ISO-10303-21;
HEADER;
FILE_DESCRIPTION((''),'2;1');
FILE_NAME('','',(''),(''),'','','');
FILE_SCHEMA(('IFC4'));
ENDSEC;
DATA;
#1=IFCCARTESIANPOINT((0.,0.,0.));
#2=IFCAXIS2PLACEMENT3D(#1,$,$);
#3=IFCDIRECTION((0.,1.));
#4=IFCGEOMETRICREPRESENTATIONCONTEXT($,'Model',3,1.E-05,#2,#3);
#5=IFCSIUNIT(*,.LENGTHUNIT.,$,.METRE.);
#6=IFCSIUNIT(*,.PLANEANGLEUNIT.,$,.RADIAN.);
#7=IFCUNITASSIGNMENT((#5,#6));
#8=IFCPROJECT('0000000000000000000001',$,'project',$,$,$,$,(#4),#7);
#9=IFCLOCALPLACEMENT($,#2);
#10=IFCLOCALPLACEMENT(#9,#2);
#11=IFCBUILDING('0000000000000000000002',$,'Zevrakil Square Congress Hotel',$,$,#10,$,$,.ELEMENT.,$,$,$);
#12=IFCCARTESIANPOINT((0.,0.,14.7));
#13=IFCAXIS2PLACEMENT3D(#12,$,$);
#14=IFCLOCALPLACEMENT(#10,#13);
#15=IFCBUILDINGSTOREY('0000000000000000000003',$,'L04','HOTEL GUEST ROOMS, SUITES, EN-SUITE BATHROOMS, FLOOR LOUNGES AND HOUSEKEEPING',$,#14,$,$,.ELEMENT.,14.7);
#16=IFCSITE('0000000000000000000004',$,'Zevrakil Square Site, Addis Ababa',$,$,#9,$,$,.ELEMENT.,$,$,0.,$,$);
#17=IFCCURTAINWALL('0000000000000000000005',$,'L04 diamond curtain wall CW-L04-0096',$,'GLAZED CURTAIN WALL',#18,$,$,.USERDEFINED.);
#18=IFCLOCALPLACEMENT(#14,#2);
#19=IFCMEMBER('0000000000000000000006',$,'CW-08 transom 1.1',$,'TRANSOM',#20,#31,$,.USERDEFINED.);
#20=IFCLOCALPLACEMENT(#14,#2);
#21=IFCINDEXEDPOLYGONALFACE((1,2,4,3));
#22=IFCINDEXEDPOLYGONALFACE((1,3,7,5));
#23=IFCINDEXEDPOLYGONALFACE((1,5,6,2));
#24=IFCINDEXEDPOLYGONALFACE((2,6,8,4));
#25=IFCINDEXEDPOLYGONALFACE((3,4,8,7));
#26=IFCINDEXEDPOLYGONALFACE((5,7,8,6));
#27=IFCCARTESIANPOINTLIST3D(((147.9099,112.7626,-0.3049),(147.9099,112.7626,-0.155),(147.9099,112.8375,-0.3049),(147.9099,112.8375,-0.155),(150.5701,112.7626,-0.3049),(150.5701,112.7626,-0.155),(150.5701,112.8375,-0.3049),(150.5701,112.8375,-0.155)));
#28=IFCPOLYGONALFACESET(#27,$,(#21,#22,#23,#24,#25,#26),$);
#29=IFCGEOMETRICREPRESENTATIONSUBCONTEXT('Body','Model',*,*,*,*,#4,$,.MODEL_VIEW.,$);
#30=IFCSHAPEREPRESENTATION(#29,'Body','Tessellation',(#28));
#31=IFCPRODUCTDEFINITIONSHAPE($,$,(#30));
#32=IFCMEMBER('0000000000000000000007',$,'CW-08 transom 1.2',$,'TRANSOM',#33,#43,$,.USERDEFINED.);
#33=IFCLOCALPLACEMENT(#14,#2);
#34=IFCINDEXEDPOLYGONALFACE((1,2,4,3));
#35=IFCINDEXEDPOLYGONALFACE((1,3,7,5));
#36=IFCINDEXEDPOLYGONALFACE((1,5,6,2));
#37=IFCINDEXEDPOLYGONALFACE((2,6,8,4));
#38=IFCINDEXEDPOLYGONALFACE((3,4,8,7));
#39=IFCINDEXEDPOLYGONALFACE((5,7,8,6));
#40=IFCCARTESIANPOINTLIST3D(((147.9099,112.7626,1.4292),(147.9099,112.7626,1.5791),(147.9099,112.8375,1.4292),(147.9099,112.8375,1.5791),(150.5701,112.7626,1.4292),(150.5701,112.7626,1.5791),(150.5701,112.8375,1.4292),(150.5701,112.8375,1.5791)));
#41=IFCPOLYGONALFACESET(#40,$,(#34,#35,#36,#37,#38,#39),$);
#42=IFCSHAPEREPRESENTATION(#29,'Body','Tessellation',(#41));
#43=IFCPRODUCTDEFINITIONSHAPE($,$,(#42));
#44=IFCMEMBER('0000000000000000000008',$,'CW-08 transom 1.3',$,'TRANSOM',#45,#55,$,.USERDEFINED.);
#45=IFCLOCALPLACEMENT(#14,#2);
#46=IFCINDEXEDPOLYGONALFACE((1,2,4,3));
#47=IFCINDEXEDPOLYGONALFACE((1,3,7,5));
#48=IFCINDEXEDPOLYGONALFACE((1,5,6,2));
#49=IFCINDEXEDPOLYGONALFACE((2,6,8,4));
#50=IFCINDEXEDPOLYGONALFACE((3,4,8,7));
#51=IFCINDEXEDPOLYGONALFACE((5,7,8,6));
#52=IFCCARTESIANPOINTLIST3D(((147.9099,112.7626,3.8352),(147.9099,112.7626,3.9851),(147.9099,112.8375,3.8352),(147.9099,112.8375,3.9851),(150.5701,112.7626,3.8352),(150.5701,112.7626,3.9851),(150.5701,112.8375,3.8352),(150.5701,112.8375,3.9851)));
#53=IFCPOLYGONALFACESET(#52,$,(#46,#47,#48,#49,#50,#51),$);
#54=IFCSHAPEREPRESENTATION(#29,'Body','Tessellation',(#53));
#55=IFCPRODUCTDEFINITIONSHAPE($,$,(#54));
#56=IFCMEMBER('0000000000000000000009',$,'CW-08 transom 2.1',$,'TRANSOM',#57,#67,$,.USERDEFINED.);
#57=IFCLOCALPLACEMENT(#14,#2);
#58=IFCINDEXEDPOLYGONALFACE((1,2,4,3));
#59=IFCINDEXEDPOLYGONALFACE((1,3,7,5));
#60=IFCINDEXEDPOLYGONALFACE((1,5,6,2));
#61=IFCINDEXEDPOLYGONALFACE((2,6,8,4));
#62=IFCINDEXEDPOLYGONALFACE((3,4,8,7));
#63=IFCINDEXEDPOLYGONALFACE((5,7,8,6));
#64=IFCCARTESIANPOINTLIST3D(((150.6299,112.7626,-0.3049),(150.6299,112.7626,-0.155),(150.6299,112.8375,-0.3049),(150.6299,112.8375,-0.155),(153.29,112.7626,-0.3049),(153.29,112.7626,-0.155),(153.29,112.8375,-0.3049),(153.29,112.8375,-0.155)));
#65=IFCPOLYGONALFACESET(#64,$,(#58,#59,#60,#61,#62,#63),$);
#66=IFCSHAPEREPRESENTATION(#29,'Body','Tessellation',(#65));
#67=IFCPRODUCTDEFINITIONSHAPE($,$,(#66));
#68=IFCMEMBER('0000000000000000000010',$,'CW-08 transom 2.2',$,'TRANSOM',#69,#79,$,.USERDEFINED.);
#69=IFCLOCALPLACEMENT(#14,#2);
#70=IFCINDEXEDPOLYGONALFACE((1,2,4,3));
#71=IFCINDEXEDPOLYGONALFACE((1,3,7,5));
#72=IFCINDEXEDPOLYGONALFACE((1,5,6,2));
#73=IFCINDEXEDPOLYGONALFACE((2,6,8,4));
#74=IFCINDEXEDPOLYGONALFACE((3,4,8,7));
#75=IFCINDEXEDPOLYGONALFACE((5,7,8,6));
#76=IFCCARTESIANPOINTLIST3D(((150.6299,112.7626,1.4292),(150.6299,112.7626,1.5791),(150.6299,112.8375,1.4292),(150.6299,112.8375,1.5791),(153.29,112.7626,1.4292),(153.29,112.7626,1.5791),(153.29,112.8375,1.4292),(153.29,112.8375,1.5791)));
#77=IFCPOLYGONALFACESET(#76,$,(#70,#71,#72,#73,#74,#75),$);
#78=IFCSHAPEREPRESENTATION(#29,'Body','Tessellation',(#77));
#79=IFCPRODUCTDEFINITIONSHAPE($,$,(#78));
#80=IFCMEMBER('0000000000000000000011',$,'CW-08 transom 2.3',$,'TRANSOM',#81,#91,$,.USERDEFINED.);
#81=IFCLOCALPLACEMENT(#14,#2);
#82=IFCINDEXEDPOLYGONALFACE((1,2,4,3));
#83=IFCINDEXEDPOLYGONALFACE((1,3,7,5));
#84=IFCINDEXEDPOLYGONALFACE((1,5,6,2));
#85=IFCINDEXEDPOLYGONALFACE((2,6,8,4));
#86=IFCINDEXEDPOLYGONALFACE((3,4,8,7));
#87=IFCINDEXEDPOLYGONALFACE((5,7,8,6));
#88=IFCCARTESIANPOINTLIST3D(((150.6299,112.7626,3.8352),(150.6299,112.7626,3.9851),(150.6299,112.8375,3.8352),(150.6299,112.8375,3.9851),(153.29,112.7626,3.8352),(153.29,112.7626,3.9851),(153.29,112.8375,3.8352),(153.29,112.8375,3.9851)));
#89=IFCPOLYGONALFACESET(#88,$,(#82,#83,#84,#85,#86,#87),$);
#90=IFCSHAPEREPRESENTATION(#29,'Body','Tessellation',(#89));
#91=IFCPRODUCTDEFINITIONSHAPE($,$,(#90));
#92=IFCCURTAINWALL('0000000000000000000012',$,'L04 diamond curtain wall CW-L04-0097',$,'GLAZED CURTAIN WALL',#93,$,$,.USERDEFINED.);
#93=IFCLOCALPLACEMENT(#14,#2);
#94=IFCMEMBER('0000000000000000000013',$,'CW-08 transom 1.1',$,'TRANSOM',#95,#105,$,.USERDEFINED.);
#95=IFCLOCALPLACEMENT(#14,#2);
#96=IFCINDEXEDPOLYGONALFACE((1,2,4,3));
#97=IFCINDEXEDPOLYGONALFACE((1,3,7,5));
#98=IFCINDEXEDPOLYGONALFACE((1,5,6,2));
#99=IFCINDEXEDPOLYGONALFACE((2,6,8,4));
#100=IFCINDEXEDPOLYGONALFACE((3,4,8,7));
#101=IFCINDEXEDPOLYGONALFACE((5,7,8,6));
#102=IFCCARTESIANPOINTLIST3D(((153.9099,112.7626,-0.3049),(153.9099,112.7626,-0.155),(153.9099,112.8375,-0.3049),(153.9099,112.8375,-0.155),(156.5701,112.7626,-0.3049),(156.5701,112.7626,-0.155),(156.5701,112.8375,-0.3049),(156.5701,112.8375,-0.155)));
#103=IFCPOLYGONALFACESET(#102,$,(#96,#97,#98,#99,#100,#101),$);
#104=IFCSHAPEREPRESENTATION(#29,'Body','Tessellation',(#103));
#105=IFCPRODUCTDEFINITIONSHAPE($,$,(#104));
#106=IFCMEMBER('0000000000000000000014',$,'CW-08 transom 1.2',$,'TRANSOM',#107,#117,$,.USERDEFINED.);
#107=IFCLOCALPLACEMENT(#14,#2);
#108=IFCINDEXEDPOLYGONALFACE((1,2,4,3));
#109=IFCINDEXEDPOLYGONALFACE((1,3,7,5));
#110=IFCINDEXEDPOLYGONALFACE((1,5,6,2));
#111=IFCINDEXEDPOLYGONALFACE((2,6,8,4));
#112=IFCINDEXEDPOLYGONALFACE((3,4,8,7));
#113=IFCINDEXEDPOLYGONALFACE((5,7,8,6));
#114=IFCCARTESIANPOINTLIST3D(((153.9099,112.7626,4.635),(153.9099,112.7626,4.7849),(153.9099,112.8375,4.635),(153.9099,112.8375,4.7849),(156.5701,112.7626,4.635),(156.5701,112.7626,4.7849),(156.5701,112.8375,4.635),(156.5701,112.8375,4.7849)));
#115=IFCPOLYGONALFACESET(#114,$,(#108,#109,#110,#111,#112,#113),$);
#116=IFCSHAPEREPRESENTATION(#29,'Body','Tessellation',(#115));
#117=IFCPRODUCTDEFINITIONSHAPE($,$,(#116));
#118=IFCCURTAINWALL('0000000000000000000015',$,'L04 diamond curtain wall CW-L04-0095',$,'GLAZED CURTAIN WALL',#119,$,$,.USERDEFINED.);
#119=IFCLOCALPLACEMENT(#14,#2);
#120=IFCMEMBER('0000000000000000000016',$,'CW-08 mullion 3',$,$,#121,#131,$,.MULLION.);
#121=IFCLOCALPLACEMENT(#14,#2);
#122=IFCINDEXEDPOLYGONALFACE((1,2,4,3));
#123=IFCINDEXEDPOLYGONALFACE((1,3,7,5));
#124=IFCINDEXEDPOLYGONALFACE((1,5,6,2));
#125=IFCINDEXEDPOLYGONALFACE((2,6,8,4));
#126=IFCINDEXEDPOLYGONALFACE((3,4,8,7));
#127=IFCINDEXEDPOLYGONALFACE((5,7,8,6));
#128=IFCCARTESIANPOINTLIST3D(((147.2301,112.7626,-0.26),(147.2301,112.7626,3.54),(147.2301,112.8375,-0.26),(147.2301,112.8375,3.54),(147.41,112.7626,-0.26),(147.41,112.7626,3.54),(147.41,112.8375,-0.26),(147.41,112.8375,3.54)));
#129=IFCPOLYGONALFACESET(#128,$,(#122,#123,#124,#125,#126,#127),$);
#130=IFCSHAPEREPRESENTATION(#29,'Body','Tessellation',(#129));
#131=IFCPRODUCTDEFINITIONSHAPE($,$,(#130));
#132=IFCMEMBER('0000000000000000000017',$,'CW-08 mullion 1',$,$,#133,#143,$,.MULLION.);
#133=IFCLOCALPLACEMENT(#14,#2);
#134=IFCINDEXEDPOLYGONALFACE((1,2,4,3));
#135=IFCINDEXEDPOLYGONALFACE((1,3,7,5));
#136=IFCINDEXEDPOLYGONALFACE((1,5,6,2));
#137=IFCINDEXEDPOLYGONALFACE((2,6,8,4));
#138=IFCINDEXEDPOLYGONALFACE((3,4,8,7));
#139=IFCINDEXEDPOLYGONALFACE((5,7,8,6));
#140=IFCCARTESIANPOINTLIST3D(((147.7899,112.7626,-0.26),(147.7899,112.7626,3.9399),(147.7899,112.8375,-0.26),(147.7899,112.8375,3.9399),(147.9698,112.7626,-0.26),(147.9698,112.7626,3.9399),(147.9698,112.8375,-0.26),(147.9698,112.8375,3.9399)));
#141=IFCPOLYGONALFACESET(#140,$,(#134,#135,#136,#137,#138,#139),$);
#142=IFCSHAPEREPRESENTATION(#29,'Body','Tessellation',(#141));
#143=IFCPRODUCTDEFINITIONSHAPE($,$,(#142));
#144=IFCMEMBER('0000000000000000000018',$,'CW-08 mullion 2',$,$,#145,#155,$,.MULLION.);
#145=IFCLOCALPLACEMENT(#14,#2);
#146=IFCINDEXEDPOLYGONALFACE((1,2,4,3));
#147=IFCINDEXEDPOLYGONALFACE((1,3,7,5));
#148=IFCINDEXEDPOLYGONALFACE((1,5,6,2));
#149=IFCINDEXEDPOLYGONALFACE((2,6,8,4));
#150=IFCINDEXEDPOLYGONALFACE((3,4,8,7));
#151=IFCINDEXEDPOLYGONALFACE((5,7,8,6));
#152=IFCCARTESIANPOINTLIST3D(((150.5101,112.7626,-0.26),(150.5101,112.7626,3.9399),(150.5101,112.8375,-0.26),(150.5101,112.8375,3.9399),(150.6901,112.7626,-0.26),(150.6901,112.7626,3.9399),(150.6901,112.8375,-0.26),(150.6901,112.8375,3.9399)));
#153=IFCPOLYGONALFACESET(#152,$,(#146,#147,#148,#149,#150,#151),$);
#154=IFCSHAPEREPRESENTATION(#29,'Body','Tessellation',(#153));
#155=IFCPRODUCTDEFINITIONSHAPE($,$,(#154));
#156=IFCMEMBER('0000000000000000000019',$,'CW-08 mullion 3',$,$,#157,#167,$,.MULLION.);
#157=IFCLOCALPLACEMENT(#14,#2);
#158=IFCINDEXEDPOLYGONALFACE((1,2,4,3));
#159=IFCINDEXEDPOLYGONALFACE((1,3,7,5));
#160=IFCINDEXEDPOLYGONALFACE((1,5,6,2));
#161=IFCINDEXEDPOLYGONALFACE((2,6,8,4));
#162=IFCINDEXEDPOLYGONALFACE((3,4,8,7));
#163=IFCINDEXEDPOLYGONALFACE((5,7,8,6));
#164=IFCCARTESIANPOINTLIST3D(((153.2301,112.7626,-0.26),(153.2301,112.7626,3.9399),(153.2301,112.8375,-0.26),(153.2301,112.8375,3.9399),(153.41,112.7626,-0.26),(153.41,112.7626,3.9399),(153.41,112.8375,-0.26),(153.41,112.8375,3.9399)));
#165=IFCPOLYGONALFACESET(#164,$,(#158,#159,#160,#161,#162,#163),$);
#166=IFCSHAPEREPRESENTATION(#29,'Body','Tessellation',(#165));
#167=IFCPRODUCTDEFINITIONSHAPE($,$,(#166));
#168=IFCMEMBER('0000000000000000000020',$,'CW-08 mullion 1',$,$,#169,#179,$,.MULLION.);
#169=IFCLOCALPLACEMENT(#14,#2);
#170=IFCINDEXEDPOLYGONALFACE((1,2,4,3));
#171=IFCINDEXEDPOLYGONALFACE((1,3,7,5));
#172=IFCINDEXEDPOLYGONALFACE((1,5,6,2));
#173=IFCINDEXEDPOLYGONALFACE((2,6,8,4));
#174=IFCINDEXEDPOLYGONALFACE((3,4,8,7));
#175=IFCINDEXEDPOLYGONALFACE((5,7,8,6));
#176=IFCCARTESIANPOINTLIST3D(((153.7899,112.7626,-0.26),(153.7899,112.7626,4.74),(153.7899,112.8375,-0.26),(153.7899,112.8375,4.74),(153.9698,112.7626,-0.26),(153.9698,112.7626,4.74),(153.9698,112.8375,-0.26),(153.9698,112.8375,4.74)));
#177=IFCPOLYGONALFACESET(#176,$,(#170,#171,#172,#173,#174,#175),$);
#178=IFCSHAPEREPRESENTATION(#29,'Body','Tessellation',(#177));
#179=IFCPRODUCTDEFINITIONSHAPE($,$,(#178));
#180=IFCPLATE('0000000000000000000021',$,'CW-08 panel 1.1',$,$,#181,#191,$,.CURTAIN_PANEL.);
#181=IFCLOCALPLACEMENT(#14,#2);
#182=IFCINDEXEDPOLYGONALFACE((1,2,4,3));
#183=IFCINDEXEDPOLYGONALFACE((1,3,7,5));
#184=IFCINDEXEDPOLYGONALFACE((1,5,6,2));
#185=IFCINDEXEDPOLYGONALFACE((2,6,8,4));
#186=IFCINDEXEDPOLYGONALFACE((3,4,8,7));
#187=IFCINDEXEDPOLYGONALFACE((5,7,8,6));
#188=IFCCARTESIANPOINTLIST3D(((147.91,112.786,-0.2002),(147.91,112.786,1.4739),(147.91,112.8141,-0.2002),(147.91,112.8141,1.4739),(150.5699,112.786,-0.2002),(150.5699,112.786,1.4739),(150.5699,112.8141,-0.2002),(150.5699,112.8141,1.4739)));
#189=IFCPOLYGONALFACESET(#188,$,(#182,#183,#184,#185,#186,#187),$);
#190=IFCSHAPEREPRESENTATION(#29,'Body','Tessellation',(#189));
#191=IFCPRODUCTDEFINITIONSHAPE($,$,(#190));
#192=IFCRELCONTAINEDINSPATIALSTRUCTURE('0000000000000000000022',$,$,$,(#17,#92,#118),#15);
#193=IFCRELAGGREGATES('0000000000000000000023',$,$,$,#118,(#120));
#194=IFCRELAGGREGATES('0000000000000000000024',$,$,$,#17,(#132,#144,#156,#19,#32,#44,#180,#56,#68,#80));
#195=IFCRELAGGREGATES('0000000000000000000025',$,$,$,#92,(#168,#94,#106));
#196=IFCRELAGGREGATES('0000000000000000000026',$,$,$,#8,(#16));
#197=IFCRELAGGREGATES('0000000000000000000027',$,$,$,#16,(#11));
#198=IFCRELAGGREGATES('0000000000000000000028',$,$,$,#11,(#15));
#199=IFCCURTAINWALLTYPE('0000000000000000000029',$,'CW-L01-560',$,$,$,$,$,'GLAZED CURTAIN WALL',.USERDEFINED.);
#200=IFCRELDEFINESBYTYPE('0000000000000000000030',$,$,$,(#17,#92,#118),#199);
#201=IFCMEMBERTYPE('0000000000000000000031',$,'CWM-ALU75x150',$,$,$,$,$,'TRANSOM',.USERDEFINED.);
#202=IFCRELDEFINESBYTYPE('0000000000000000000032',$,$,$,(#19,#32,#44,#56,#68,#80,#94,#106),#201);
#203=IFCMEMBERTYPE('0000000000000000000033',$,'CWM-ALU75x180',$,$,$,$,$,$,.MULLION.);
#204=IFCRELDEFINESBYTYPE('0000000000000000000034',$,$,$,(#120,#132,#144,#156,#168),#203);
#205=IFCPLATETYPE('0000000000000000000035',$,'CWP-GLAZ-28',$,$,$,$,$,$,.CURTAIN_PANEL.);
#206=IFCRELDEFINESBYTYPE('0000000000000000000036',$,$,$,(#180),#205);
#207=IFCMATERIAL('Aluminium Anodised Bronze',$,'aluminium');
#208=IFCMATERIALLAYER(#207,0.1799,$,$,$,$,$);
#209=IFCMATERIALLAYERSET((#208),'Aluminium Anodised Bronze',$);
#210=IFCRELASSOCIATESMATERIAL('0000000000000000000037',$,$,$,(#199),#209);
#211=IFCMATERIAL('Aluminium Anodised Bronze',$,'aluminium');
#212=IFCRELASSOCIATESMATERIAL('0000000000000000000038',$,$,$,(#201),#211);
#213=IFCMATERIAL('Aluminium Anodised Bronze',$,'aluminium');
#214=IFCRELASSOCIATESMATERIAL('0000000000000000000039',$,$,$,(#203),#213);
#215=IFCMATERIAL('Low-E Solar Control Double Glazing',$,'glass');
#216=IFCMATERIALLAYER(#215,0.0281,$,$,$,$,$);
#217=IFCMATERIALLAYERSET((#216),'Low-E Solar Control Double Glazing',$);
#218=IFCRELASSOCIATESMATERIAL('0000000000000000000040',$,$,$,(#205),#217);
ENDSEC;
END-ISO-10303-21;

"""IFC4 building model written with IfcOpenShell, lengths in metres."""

from ifc_helpers import new_model, si_unit, direction, frame, origin, origin_2d, place, context, subcontext, project, spatial, rectangle, extrude, material, layer, layer_set, material_profile, profile_set, type_object, element, aggregate, save


model = new_model("IFC4")

# Units and contexts
model_context = context("Model", 3, precision=1e-05, world=origin(), true_north=direction((0.0, 1.0)))
body_context = subcontext(model_context, "Body", "Model", "MODEL_VIEW")
ifc_project = project(units=[si_unit("LENGTHUNIT", "METRE"), si_unit("PLANEANGLEUNIT", "RADIAN")], contexts=[model_context])

# Site, building, storey
site_placement = place(None, origin())
site = spatial("IfcSite", under=ifc_project, at=site_placement, Name="Zevrakil Square Site, Addis Ababa", CompositionType="ELEMENT", RefElevation=0.0)
building_placement = place(site_placement, origin())
building = spatial("IfcBuilding", under=site, at=building_placement, Name="Zevrakil Square Congress Hotel", CompositionType="ELEMENT")
storey_placement = place(building_placement, frame((0.0, 0.0, 14.7)))
storey = spatial("IfcBuildingStorey", under=building, at=storey_placement, Name="L04", Description="HOTEL GUEST ROOMS, SUITES, EN-SUITE BATHROOMS, FLOOR LOUNGES AND HOUSEKEEPING", CompositionType="ELEMENT", Elevation=14.7)

# Curtain walls, members
ifc_material_1 = material(Name="Aluminium Anodised Bronze", Category="aluminium")
ifc_layer_1 = layer(ifc_material_1, 0.1799)
ifc_layer_set_1 = layer_set([ifc_layer_1], Name="Aluminium Anodised Bronze")
curtain_wall_type = type_object("IfcCurtainWallType", Name="CW-L01-560", ElementType="GLAZED CURTAIN WALL", PredefinedType="USERDEFINED", material=ifc_layer_set_1)
curtain_wall_1_placement = place(storey_placement, origin())
curtain_wall_1 = element("IfcCurtainWall", 1, at=curtain_wall_1_placement, inside=storey, type_object=curtain_wall_type, Name="L04 diamond curtain wall CW-L04-0096", ObjectType="GLAZED CURTAIN WALL", PredefinedType="USERDEFINED")
ifc_material_2 = material(Name="Aluminium Anodised Bronze", Category="aluminium")
ifc_material_profile_1 = material_profile(ifc_material_2, rectangle(XDim=0.075, YDim=0.1499, at=origin_2d()), Name="ALU 75x150")
ifc_profile_set_1 = profile_set([ifc_material_profile_1], Name="Aluminium Anodised Bronze")
member_type_1 = type_object("IfcMemberType", Name="CWM-ALU75x150", ElementType="TRANSOM", PredefinedType="USERDEFINED", material=ifc_profile_set_1)
member_1_placement = place(storey_placement, frame((147.9099, 112.8, -0.23), z_axis=(1.0, 0.0, 0.0), x_axis=(0.0, 1.0, 0.0)))
member_1 = element("IfcMember", 2, at=member_1_placement, type_object=member_type_1, Name="CW-08 transom 1.1", ObjectType="TRANSOM", PredefinedType="USERDEFINED", context=body_context, shape_type="SweptSolid", body=[
    extrude(rectangle(XDim=0.075, YDim=0.1499, at=origin_2d()), origin(), (0.0, 0.0, 1.0), 2.6602),
])
member_2_placement = place(storey_placement, frame((147.9099, 112.8, 1.5042), z_axis=(1.0, 0.0, 0.0), x_axis=(0.0, 1.0, 0.0)))
member_2 = element("IfcMember", 3, at=member_2_placement, type_object=member_type_1, Name="CW-08 transom 1.2", ObjectType="TRANSOM", PredefinedType="USERDEFINED", context=body_context, shape_type="SweptSolid", body=[
    extrude(rectangle(XDim=0.075, YDim=0.1499, at=origin_2d()), origin(), (0.0, 0.0, 1.0), 2.6602),
])
member_3_placement = place(storey_placement, frame((147.9099, 112.8, 3.9102), z_axis=(1.0, 0.0, 0.0), x_axis=(0.0, 1.0, 0.0)))
member_3 = element("IfcMember", 4, at=member_3_placement, type_object=member_type_1, Name="CW-08 transom 1.3", ObjectType="TRANSOM", PredefinedType="USERDEFINED", context=body_context, shape_type="SweptSolid", body=[
    extrude(rectangle(XDim=0.075, YDim=0.1499, at=origin_2d()), origin(), (0.0, 0.0, 1.0), 2.6602),
])
member_4_placement = place(storey_placement, frame((150.6299, 112.8, -0.23), z_axis=(1.0, 0.0, 0.0), x_axis=(0.0, 1.0, 0.0)))
member_4 = element("IfcMember", 5, at=member_4_placement, type_object=member_type_1, Name="CW-08 transom 2.1", ObjectType="TRANSOM", PredefinedType="USERDEFINED", context=body_context, shape_type="SweptSolid", body=[
    extrude(rectangle(XDim=0.075, YDim=0.1499, at=origin_2d()), origin(), (0.0, 0.0, 1.0), 2.6602),
])
member_5_placement = place(storey_placement, frame((150.6299, 112.8, 1.5042), z_axis=(1.0, 0.0, 0.0), x_axis=(0.0, 1.0, 0.0)))
member_5 = element("IfcMember", 6, at=member_5_placement, type_object=member_type_1, Name="CW-08 transom 2.2", ObjectType="TRANSOM", PredefinedType="USERDEFINED", context=body_context, shape_type="SweptSolid", body=[
    extrude(rectangle(XDim=0.075, YDim=0.1499, at=origin_2d()), origin(), (0.0, 0.0, 1.0), 2.6602),
])
member_6_placement = place(storey_placement, frame((150.6299, 112.8, 3.9102), z_axis=(1.0, 0.0, 0.0), x_axis=(0.0, 1.0, 0.0)))
member_6 = element("IfcMember", 7, at=member_6_placement, type_object=member_type_1, Name="CW-08 transom 2.3", ObjectType="TRANSOM", PredefinedType="USERDEFINED", context=body_context, shape_type="SweptSolid", body=[
    extrude(rectangle(XDim=0.075, YDim=0.1499, at=origin_2d()), origin(), (0.0, 0.0, 1.0), 2.6602),
])
curtain_wall_2_placement = place(storey_placement, origin())
curtain_wall_2 = element("IfcCurtainWall", 8, at=curtain_wall_2_placement, inside=storey, type_object=curtain_wall_type, Name="L04 diamond curtain wall CW-L04-0097", ObjectType="GLAZED CURTAIN WALL", PredefinedType="USERDEFINED")
member_7_placement = place(storey_placement, frame((153.9099, 112.8, -0.23), z_axis=(1.0, 0.0, 0.0), x_axis=(0.0, 1.0, 0.0)))
member_7 = element("IfcMember", 9, at=member_7_placement, type_object=member_type_1, Name="CW-08 transom 1.1", ObjectType="TRANSOM", PredefinedType="USERDEFINED", context=body_context, shape_type="SweptSolid", body=[
    extrude(rectangle(XDim=0.075, YDim=0.1499, at=origin_2d()), origin(), (0.0, 0.0, 1.0), 2.6602),
])
member_8_placement = place(storey_placement, frame((153.9099, 112.8, 4.71), z_axis=(1.0, 0.0, 0.0), x_axis=(0.0, 1.0, 0.0)))
member_8 = element("IfcMember", 10, at=member_8_placement, type_object=member_type_1, Name="CW-08 transom 1.2", ObjectType="TRANSOM", PredefinedType="USERDEFINED", context=body_context, shape_type="SweptSolid", body=[
    extrude(rectangle(XDim=0.075, YDim=0.1499, at=origin_2d()), origin(), (0.0, 0.0, 1.0), 2.6602),
])

# Curtain wall, member
curtain_wall_3_placement = place(storey_placement, origin())
curtain_wall_3 = element("IfcCurtainWall", 11, at=curtain_wall_3_placement, inside=storey, type_object=curtain_wall_type, Name="L04 diamond curtain wall CW-L04-0095", ObjectType="GLAZED CURTAIN WALL", PredefinedType="USERDEFINED")
ifc_material_3 = material(Name="Aluminium Anodised Bronze", Category="aluminium")
ifc_material_profile_2 = material_profile(ifc_material_3, rectangle(XDim=0.075, YDim=0.1799, at=origin_2d()), Name="ALU 75x180")
ifc_profile_set_2 = profile_set([ifc_material_profile_2], Name="Aluminium Anodised Bronze")
member_type_2 = type_object("IfcMemberType", Name="CWM-ALU75x180", PredefinedType="MULLION", material=ifc_profile_set_2)
member_9_placement = place(storey_placement, frame((147.3201, 112.8, -0.26), z_axis=(0.0, 0.0, 1.0), x_axis=(0.0, 1.0, 0.0)))
member_9 = element("IfcMember", 12, at=member_9_placement, type_object=member_type_2, Name="CW-08 mullion 3", PredefinedType="MULLION", context=body_context, shape_type="SweptSolid", body=[
    extrude(rectangle(XDim=0.075, YDim=0.1799, at=origin_2d()), origin(), (0.0, 0.0, 1.0), 3.8),
])
aggregate(curtain_wall_3, [member_9])

# Members
member_10_placement = place(storey_placement, frame((147.8799, 112.8, -0.26), z_axis=(0.0, 0.0, 1.0), x_axis=(0.0, 1.0, 0.0)))
member_10 = element("IfcMember", 13, at=member_10_placement, type_object=member_type_2, Name="CW-08 mullion 1", PredefinedType="MULLION", context=body_context, shape_type="SweptSolid", body=[
    extrude(rectangle(XDim=0.075, YDim=0.1799, at=origin_2d()), origin(), (0.0, 0.0, 1.0), 4.2),
])
member_11_placement = place(storey_placement, frame((150.6001, 112.8, -0.26), z_axis=(0.0, 0.0, 1.0), x_axis=(0.0, 1.0, 0.0)))
member_11 = element("IfcMember", 14, at=member_11_placement, type_object=member_type_2, Name="CW-08 mullion 2", PredefinedType="MULLION", context=body_context, shape_type="SweptSolid", body=[
    extrude(rectangle(XDim=0.075, YDim=0.1799, at=origin_2d()), origin(), (0.0, 0.0, 1.0), 4.2),
])
member_12_placement = place(storey_placement, frame((153.3201, 112.8, -0.26), z_axis=(0.0, 0.0, 1.0), x_axis=(0.0, 1.0, 0.0)))
member_12 = element("IfcMember", 15, at=member_12_placement, type_object=member_type_2, Name="CW-08 mullion 3", PredefinedType="MULLION", context=body_context, shape_type="SweptSolid", body=[
    extrude(rectangle(XDim=0.075, YDim=0.1799, at=origin_2d()), origin(), (0.0, 0.0, 1.0), 4.2),
])
member_13_placement = place(storey_placement, frame((153.8799, 112.8, -0.26), z_axis=(0.0, 0.0, 1.0), x_axis=(0.0, 1.0, 0.0)))
member_13 = element("IfcMember", 16, at=member_13_placement, type_object=member_type_2, Name="CW-08 mullion 1", PredefinedType="MULLION", context=body_context, shape_type="SweptSolid", body=[
    extrude(rectangle(XDim=0.075, YDim=0.1799, at=origin_2d()), origin(), (0.0, 0.0, 1.0), 5.0),
])

# Plate
ifc_material_4 = material(Name="Low-E Solar Control Double Glazing", Category="glass")
ifc_layer_2 = layer(ifc_material_4, 0.0281)
ifc_layer_set_2 = layer_set([ifc_layer_2], Name="Low-E Solar Control Double Glazing")
plate_type_1 = type_object("IfcPlateType", Name="CWP-GLAZ-28", PredefinedType="CURTAIN_PANEL", material=ifc_layer_set_2)
plate_1_placement = place(storey_placement, frame((149.24, 112.8, -0.2002), z_axis=(0.0, 0.0, 1.0), x_axis=(1.0, 0.0, 0.0)))
plate_1 = element("IfcPlate", 17, at=plate_1_placement, type_object=plate_type_1, Name="CW-08 panel 1.1", PredefinedType="CURTAIN_PANEL", context=body_context, shape_type="SweptSolid", body=[
    extrude(rectangle(XDim=2.6599, YDim=0.0281, at=origin_2d()), origin(), (0.0, 0.0, 1.0), 1.6741),
])
aggregate(curtain_wall_1, [member_10, member_11, member_12, member_1, member_2, member_3, plate_1, member_4, member_5, member_6])
aggregate(curtain_wall_2, [member_13, member_7, member_8])

save(model, "model.ifc")
